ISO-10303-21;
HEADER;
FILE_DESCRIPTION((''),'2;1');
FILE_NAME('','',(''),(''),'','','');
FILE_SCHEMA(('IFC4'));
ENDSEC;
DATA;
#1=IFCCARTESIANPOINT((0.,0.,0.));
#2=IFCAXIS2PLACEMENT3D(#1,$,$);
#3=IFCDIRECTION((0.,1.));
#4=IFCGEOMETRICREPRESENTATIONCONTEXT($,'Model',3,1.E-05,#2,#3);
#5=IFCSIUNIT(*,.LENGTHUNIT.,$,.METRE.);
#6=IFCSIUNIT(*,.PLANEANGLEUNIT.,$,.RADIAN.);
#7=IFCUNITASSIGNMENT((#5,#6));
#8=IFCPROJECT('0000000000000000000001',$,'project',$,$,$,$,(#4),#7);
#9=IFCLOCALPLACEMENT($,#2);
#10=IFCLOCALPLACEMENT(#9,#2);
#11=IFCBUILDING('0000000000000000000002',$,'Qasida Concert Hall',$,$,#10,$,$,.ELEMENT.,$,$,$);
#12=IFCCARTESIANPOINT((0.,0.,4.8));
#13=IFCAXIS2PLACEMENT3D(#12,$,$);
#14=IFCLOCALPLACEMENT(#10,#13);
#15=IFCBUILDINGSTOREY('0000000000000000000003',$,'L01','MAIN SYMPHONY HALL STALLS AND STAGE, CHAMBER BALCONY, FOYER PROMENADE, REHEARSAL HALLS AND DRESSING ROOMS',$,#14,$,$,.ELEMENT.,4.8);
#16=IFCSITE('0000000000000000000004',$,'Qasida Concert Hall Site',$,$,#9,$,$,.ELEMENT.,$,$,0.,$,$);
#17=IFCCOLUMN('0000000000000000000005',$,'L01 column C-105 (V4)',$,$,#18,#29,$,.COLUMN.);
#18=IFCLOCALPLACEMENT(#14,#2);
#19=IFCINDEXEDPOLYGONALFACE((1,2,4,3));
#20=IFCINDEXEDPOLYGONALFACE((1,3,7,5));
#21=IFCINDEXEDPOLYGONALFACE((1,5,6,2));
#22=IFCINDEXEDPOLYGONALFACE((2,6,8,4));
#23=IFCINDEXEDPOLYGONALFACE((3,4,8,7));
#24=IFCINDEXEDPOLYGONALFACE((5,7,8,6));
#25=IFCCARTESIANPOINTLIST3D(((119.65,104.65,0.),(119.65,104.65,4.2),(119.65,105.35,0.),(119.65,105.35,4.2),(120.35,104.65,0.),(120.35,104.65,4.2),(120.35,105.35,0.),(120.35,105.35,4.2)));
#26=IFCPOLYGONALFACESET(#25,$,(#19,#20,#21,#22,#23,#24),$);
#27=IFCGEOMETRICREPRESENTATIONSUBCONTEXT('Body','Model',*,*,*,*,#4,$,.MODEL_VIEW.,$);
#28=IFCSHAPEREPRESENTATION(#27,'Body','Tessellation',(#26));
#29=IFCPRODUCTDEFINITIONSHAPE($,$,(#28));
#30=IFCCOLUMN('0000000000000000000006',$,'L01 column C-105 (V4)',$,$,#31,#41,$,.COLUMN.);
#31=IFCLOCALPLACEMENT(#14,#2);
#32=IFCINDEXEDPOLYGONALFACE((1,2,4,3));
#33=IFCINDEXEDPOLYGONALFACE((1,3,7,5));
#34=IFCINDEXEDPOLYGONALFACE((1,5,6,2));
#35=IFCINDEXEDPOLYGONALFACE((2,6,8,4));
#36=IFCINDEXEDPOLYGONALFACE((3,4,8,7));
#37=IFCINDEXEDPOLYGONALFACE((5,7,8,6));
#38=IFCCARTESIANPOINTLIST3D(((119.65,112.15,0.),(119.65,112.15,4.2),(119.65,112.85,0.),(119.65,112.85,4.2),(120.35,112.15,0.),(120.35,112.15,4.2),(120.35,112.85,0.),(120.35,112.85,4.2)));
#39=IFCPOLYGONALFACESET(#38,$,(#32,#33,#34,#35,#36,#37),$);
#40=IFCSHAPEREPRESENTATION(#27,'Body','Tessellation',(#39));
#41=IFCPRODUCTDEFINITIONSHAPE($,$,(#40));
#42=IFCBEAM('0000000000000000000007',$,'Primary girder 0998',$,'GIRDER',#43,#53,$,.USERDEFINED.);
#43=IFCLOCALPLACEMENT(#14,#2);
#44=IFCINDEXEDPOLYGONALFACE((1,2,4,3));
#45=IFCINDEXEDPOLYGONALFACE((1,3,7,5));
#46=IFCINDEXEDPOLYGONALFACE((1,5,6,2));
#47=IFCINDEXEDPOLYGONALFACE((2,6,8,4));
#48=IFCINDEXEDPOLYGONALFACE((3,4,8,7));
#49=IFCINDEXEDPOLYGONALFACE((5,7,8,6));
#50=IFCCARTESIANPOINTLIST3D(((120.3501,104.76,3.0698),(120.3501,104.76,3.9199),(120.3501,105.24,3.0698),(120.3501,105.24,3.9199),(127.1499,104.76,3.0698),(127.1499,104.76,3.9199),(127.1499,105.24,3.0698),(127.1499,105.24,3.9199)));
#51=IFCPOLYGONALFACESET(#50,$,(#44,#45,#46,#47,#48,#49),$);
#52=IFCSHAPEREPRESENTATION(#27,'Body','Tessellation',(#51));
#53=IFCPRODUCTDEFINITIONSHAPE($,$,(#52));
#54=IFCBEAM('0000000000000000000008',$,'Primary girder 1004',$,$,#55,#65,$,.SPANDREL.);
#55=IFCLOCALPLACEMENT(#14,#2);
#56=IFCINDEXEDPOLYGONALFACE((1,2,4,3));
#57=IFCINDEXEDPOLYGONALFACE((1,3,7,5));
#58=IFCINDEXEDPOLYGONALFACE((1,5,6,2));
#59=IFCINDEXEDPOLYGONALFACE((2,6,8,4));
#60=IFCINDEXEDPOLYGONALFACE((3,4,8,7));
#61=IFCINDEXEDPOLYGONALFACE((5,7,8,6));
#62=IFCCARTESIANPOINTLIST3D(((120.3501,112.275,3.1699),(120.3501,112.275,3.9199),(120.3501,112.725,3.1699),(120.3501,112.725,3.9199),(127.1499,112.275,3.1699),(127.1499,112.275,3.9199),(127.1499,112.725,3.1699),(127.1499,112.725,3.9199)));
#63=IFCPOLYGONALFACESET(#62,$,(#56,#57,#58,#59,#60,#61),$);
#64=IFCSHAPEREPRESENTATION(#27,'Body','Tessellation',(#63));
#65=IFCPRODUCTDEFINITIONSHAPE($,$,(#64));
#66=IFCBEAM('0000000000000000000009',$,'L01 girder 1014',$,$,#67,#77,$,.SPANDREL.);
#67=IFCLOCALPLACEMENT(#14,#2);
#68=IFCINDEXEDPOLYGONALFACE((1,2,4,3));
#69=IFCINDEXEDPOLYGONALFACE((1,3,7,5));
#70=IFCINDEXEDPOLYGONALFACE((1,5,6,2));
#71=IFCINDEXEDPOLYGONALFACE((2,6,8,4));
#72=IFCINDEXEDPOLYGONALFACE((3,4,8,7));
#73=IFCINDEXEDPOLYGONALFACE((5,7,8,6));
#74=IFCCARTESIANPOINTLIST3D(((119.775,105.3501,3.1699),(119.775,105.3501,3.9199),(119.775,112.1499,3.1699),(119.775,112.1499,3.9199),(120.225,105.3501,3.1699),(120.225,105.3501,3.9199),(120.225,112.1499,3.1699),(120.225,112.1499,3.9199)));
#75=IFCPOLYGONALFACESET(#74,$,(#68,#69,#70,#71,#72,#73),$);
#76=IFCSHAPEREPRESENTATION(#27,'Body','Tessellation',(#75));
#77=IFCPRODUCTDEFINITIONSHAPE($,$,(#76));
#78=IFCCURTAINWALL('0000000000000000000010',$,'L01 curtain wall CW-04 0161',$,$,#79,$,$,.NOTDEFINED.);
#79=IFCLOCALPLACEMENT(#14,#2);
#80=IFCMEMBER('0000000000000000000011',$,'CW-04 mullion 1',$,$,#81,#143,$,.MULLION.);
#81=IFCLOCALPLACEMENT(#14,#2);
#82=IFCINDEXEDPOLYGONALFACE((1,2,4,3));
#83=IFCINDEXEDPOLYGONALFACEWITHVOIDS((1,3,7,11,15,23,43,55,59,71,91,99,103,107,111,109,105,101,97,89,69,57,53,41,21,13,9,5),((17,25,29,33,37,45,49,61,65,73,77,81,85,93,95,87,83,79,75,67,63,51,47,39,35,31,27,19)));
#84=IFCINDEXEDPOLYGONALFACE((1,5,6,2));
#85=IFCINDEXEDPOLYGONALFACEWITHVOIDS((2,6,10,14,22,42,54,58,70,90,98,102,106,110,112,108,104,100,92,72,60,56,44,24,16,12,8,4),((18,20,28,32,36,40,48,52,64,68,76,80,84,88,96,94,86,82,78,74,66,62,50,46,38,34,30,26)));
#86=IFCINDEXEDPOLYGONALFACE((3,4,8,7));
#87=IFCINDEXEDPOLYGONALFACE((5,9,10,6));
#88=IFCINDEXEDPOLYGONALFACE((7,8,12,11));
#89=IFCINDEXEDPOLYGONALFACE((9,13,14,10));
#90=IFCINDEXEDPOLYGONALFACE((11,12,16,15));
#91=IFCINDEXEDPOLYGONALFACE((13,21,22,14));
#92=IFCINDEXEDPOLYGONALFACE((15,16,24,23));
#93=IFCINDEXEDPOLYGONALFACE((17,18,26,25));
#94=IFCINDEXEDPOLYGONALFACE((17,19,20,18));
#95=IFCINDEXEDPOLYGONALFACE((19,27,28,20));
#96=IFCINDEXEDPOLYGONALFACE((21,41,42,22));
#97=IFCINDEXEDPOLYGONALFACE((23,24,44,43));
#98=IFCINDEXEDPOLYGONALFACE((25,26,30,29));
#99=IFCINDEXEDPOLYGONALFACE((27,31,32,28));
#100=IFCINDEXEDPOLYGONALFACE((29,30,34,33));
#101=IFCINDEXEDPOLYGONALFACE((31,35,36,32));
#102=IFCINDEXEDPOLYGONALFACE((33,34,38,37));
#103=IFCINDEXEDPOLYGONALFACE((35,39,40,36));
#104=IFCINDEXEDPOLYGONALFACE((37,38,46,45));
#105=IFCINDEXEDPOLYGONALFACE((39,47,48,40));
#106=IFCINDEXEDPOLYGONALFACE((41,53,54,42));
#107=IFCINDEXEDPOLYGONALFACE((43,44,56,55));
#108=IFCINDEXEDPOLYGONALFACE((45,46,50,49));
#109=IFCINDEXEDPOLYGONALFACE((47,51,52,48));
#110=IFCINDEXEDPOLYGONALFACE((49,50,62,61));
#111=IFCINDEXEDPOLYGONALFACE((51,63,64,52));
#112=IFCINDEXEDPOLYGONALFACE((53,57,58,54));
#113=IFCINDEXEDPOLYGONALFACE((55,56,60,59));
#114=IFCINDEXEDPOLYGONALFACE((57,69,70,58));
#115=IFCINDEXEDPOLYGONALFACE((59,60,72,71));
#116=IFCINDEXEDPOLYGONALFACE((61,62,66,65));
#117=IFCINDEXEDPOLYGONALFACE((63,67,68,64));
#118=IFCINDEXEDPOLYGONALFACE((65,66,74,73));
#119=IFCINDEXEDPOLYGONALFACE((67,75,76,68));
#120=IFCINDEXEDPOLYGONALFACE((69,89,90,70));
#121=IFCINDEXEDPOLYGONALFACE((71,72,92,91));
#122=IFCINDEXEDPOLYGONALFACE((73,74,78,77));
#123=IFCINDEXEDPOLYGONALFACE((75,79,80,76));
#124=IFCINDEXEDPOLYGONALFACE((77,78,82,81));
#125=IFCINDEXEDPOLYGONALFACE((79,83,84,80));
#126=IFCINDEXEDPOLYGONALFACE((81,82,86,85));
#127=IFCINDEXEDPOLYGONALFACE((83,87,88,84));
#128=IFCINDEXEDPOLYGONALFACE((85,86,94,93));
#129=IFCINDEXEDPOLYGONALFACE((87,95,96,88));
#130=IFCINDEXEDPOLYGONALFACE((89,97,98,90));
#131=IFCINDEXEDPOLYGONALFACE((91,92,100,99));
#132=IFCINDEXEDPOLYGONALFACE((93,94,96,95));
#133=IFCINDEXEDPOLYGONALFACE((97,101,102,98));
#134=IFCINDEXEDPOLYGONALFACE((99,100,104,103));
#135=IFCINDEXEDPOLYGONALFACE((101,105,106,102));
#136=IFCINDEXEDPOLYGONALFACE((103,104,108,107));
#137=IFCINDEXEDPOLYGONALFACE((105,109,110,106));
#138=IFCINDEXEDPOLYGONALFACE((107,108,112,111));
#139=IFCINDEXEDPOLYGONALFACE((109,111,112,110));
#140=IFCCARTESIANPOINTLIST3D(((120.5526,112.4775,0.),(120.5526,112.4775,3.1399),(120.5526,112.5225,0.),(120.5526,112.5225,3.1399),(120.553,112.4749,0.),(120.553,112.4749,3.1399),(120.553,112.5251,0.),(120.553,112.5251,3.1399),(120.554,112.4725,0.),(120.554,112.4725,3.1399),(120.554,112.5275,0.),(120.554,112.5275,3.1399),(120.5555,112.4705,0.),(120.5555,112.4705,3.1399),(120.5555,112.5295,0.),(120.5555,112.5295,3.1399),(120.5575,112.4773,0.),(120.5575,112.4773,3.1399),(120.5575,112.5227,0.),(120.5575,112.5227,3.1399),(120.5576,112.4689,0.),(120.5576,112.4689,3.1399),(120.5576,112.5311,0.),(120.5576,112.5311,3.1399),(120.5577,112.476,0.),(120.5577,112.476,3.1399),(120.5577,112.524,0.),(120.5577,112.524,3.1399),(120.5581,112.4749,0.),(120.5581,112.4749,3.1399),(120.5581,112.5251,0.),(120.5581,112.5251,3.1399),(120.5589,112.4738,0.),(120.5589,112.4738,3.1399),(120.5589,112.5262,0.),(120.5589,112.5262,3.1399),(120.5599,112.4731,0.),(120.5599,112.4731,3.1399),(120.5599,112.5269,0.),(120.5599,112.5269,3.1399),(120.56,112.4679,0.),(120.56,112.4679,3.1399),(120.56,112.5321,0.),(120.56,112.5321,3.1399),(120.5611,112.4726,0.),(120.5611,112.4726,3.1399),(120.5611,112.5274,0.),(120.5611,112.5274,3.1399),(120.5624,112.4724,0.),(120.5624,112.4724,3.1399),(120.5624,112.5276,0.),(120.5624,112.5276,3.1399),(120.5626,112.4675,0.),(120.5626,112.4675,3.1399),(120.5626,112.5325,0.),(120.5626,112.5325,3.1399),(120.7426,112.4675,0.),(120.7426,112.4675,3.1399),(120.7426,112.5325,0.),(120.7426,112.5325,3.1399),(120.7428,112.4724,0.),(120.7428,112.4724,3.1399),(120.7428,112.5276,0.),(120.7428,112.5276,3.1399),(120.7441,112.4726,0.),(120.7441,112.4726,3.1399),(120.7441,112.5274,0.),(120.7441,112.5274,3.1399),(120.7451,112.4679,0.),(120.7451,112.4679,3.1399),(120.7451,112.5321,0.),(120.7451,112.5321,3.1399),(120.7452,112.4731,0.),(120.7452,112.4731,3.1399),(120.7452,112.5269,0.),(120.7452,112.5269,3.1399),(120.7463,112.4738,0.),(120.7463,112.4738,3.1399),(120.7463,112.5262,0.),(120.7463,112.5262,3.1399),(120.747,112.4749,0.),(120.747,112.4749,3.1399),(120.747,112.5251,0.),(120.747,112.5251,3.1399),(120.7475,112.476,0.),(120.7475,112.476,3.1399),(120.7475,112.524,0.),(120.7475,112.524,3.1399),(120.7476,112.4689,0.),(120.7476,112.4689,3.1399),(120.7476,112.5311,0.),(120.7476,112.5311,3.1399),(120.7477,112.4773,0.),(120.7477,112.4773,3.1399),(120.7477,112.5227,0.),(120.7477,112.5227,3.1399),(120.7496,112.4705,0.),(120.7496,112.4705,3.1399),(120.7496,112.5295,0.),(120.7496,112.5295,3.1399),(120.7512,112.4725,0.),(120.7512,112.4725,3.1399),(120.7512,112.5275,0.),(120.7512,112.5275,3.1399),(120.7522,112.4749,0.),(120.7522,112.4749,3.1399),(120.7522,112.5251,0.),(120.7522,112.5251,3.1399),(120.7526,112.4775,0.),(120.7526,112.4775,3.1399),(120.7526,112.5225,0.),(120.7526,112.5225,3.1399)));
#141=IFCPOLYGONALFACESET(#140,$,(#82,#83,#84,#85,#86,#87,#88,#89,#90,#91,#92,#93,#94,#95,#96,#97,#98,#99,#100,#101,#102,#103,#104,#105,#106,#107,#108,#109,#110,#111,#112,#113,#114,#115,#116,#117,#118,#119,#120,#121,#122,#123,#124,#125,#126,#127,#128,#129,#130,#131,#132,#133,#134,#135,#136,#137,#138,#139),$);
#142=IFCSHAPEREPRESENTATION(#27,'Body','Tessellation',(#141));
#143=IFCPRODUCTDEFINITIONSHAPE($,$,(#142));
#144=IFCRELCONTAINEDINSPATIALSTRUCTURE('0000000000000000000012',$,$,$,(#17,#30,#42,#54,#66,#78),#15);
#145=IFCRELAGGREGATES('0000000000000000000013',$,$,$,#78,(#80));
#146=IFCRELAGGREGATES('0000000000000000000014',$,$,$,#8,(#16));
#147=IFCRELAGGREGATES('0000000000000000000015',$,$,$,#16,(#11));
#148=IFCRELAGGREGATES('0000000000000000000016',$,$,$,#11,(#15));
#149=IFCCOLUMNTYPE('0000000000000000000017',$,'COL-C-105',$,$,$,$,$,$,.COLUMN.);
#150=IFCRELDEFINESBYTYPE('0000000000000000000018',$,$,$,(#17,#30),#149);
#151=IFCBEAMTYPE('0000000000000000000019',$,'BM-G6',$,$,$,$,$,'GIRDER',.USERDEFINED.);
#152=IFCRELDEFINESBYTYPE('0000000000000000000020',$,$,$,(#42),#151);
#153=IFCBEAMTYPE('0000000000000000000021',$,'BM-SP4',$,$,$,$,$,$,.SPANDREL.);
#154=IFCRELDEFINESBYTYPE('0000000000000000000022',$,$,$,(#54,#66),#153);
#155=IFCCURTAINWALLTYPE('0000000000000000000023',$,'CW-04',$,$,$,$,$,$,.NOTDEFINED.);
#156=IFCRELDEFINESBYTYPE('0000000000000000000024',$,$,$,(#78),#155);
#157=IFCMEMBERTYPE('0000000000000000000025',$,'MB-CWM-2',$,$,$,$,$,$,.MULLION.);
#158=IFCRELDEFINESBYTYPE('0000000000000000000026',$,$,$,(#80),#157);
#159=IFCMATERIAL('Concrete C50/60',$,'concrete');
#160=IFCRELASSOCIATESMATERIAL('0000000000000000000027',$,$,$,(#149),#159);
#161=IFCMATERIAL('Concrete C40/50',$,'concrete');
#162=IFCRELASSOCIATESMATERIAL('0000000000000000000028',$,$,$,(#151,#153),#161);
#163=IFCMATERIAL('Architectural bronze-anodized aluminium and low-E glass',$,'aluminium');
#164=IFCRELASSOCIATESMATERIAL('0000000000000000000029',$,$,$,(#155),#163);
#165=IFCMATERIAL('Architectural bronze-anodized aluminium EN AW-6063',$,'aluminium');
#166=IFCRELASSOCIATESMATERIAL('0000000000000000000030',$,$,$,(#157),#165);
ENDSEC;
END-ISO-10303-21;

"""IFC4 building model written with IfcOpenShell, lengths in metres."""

from ifc_helpers import new_model, si_unit, direction, frame, origin, origin_2d, place, context, subcontext, project, spatial, rectangle, hollow_rectangle, extrude, material, material_profile, profile_set, type_object, element, aggregate, save


model = new_model("IFC4")

# Units and contexts
model_context = context("Model", 3, precision=1e-05, world=origin(), true_north=direction((0.0, 1.0)))
body_context = subcontext(model_context, "Body", "Model", "MODEL_VIEW")
ifc_project = project(units=[si_unit("LENGTHUNIT", "METRE"), si_unit("PLANEANGLEUNIT", "RADIAN")], contexts=[model_context])

# Site, building, storey
site_placement = place(None, origin())
site = spatial("IfcSite", under=ifc_project, at=site_placement, Name="Qasida Concert Hall Site", CompositionType="ELEMENT", RefElevation=0.0)
building_placement = place(site_placement, origin())
building = spatial("IfcBuilding", under=site, at=building_placement, Name="Qasida Concert Hall", CompositionType="ELEMENT")
storey_placement = place(building_placement, frame((0.0, 0.0, 4.8)))
storey = spatial("IfcBuildingStorey", under=building, at=storey_placement, Name="L01", Description="MAIN SYMPHONY HALL STALLS AND STAGE, CHAMBER BALCONY, FOYER PROMENADE, REHEARSAL HALLS AND DRESSING ROOMS", CompositionType="ELEMENT", Elevation=4.8)

# Columns
ifc_material_1 = material(Name="Concrete C50/60", Category="concrete")
ifc_material_profile_1 = material_profile(ifc_material_1, rectangle(XDim=0.7, YDim=0.7, at=origin_2d()), Name="RC 700x700")
ifc_profile_set_1 = profile_set([ifc_material_profile_1], Name="Concrete C50/60")
column_type = type_object("IfcColumnType", Name="COL-C-105", PredefinedType="COLUMN", material=ifc_profile_set_1)
for number, where, z_axis, x_axis, name in (
    (1, (120.0, 105.0, 0.0), (0.0, 0.0, 1.0), (1.0, 0.0, 0.0), "L01 column C-105 (V4)"),
    (2, (120.0, 112.5, 0.0), (0.0, 0.0, 1.0), (1.0, 0.0, 0.0), "L01 column C-105 (V4)"),
):
    element("IfcColumn", number, at=place(storey_placement, frame(where, z_axis=z_axis, x_axis=x_axis)), inside=storey, type_object=column_type, Name=name, PredefinedType="COLUMN", context=body_context, shape_type="SweptSolid", body=[
        extrude(rectangle(XDim=0.7, YDim=0.7, at=origin_2d()), origin(), (0.0, 0.0, 1.0), 4.2),
    ])

# Beams
ifc_material_2 = material(Name="Concrete C40/50", Category="concrete")
ifc_material_profile_2 = material_profile(ifc_material_2, rectangle(XDim=0.48, YDim=0.8501, at=origin_2d()), Name="RC 480x850")
ifc_profile_set_2 = profile_set([ifc_material_profile_2], Name="Concrete C40/50")
beam_type_1 = type_object("IfcBeamType", Name="BM-G6", ElementType="GIRDER", PredefinedType="USERDEFINED", material=ifc_profile_set_2)
beam_placement = place(storey_placement, frame((120.3501, 105.0, 3.4949), z_axis=(1.0, 0.0, 0.0), x_axis=(0.0, 1.0, 0.0)))
element("IfcBeam", 3, at=beam_placement, inside=storey, type_object=beam_type_1, Name="Primary girder 0998", ObjectType="GIRDER", PredefinedType="USERDEFINED", context=body_context, shape_type="SweptSolid", body=[
    extrude(rectangle(XDim=0.48, YDim=0.8501, at=origin_2d()), origin(), (0.0, 0.0, 1.0), 6.7998),
])
ifc_material_profile_3 = material_profile(ifc_material_2, rectangle(XDim=0.45, YDim=0.75, at=origin_2d()), Name="RC 450x750")
ifc_profile_set_3 = profile_set([ifc_material_profile_3], Name="Concrete C40/50")
beam_type_2 = type_object("IfcBeamType", Name="BM-SP4", PredefinedType="SPANDREL", material=ifc_profile_set_3)
for number, where, z_axis, x_axis, name in (
    (4, (120.3501, 112.5, 3.5449), (1.0, 0.0, 0.0), (0.0, 1.0, 0.0), "Primary girder 1004"),
    (5, (120.0, 105.3501, 3.5449), (0.0, 1.0, 0.0), (-1.0, 0.0, 0.0), "L01 girder 1014"),
):
    element("IfcBeam", number, at=place(storey_placement, frame(where, z_axis=z_axis, x_axis=x_axis)), inside=storey, type_object=beam_type_2, Name=name, PredefinedType="SPANDREL", context=body_context, shape_type="SweptSolid", body=[
        extrude(rectangle(XDim=0.45, YDim=0.75, at=origin_2d()), origin(), (0.0, 0.0, 1.0), 6.7998),
    ])

# Curtain wall, member
ifc_material_3 = material(Name="Architectural bronze-anodized aluminium and low-E glass", Category="aluminium")
curtain_wall_type_1 = type_object("IfcCurtainWallType", Name="CW-04", PredefinedType="NOTDEFINED", material=ifc_material_3)
curtain_wall_1_placement = place(storey_placement, origin())
curtain_wall_1 = element("IfcCurtainWall", 6, at=curtain_wall_1_placement, inside=storey, type_object=curtain_wall_type_1, Name="L01 curtain wall CW-04 0161", PredefinedType="NOTDEFINED")
ifc_material_4 = material(Name="Architectural bronze-anodized aluminium EN AW-6063", Category="aluminium")
ifc_material_profile_4 = material_profile(ifc_material_4, hollow_rectangle(XDim=0.0649, YDim=0.2, WallThickness=0.0049, InnerFilletRadius=0.0049, OuterFilletRadius=0.01, at=origin_2d()), Name="CWM 200x65x5")
ifc_profile_set_4 = profile_set([ifc_material_profile_4], Name="Architectural bronze-anodized aluminium EN AW-6063")
member_type_1 = type_object("IfcMemberType", Name="MB-CWM-2", PredefinedType="MULLION", material=ifc_profile_set_4)
member_1_placement = place(storey_placement, frame((120.6526, 112.5, 0.0), z_axis=(0.0, 0.0, 1.0), x_axis=(0.0, 1.0, 0.0)))
member_1 = element("IfcMember", 7, at=member_1_placement, type_object=member_type_1, Name="CW-04 mullion 1", PredefinedType="MULLION", context=body_context, shape_type="SweptSolid", body=[
    extrude(hollow_rectangle(XDim=0.0649, YDim=0.2, WallThickness=0.0049, InnerFilletRadius=0.0049, OuterFilletRadius=0.01, at=origin_2d()), origin(), (0.0, 0.0, 1.0), 3.1399),
])

aggregate(curtain_wall_1, [member_1])

save(model, "model.ifc")
